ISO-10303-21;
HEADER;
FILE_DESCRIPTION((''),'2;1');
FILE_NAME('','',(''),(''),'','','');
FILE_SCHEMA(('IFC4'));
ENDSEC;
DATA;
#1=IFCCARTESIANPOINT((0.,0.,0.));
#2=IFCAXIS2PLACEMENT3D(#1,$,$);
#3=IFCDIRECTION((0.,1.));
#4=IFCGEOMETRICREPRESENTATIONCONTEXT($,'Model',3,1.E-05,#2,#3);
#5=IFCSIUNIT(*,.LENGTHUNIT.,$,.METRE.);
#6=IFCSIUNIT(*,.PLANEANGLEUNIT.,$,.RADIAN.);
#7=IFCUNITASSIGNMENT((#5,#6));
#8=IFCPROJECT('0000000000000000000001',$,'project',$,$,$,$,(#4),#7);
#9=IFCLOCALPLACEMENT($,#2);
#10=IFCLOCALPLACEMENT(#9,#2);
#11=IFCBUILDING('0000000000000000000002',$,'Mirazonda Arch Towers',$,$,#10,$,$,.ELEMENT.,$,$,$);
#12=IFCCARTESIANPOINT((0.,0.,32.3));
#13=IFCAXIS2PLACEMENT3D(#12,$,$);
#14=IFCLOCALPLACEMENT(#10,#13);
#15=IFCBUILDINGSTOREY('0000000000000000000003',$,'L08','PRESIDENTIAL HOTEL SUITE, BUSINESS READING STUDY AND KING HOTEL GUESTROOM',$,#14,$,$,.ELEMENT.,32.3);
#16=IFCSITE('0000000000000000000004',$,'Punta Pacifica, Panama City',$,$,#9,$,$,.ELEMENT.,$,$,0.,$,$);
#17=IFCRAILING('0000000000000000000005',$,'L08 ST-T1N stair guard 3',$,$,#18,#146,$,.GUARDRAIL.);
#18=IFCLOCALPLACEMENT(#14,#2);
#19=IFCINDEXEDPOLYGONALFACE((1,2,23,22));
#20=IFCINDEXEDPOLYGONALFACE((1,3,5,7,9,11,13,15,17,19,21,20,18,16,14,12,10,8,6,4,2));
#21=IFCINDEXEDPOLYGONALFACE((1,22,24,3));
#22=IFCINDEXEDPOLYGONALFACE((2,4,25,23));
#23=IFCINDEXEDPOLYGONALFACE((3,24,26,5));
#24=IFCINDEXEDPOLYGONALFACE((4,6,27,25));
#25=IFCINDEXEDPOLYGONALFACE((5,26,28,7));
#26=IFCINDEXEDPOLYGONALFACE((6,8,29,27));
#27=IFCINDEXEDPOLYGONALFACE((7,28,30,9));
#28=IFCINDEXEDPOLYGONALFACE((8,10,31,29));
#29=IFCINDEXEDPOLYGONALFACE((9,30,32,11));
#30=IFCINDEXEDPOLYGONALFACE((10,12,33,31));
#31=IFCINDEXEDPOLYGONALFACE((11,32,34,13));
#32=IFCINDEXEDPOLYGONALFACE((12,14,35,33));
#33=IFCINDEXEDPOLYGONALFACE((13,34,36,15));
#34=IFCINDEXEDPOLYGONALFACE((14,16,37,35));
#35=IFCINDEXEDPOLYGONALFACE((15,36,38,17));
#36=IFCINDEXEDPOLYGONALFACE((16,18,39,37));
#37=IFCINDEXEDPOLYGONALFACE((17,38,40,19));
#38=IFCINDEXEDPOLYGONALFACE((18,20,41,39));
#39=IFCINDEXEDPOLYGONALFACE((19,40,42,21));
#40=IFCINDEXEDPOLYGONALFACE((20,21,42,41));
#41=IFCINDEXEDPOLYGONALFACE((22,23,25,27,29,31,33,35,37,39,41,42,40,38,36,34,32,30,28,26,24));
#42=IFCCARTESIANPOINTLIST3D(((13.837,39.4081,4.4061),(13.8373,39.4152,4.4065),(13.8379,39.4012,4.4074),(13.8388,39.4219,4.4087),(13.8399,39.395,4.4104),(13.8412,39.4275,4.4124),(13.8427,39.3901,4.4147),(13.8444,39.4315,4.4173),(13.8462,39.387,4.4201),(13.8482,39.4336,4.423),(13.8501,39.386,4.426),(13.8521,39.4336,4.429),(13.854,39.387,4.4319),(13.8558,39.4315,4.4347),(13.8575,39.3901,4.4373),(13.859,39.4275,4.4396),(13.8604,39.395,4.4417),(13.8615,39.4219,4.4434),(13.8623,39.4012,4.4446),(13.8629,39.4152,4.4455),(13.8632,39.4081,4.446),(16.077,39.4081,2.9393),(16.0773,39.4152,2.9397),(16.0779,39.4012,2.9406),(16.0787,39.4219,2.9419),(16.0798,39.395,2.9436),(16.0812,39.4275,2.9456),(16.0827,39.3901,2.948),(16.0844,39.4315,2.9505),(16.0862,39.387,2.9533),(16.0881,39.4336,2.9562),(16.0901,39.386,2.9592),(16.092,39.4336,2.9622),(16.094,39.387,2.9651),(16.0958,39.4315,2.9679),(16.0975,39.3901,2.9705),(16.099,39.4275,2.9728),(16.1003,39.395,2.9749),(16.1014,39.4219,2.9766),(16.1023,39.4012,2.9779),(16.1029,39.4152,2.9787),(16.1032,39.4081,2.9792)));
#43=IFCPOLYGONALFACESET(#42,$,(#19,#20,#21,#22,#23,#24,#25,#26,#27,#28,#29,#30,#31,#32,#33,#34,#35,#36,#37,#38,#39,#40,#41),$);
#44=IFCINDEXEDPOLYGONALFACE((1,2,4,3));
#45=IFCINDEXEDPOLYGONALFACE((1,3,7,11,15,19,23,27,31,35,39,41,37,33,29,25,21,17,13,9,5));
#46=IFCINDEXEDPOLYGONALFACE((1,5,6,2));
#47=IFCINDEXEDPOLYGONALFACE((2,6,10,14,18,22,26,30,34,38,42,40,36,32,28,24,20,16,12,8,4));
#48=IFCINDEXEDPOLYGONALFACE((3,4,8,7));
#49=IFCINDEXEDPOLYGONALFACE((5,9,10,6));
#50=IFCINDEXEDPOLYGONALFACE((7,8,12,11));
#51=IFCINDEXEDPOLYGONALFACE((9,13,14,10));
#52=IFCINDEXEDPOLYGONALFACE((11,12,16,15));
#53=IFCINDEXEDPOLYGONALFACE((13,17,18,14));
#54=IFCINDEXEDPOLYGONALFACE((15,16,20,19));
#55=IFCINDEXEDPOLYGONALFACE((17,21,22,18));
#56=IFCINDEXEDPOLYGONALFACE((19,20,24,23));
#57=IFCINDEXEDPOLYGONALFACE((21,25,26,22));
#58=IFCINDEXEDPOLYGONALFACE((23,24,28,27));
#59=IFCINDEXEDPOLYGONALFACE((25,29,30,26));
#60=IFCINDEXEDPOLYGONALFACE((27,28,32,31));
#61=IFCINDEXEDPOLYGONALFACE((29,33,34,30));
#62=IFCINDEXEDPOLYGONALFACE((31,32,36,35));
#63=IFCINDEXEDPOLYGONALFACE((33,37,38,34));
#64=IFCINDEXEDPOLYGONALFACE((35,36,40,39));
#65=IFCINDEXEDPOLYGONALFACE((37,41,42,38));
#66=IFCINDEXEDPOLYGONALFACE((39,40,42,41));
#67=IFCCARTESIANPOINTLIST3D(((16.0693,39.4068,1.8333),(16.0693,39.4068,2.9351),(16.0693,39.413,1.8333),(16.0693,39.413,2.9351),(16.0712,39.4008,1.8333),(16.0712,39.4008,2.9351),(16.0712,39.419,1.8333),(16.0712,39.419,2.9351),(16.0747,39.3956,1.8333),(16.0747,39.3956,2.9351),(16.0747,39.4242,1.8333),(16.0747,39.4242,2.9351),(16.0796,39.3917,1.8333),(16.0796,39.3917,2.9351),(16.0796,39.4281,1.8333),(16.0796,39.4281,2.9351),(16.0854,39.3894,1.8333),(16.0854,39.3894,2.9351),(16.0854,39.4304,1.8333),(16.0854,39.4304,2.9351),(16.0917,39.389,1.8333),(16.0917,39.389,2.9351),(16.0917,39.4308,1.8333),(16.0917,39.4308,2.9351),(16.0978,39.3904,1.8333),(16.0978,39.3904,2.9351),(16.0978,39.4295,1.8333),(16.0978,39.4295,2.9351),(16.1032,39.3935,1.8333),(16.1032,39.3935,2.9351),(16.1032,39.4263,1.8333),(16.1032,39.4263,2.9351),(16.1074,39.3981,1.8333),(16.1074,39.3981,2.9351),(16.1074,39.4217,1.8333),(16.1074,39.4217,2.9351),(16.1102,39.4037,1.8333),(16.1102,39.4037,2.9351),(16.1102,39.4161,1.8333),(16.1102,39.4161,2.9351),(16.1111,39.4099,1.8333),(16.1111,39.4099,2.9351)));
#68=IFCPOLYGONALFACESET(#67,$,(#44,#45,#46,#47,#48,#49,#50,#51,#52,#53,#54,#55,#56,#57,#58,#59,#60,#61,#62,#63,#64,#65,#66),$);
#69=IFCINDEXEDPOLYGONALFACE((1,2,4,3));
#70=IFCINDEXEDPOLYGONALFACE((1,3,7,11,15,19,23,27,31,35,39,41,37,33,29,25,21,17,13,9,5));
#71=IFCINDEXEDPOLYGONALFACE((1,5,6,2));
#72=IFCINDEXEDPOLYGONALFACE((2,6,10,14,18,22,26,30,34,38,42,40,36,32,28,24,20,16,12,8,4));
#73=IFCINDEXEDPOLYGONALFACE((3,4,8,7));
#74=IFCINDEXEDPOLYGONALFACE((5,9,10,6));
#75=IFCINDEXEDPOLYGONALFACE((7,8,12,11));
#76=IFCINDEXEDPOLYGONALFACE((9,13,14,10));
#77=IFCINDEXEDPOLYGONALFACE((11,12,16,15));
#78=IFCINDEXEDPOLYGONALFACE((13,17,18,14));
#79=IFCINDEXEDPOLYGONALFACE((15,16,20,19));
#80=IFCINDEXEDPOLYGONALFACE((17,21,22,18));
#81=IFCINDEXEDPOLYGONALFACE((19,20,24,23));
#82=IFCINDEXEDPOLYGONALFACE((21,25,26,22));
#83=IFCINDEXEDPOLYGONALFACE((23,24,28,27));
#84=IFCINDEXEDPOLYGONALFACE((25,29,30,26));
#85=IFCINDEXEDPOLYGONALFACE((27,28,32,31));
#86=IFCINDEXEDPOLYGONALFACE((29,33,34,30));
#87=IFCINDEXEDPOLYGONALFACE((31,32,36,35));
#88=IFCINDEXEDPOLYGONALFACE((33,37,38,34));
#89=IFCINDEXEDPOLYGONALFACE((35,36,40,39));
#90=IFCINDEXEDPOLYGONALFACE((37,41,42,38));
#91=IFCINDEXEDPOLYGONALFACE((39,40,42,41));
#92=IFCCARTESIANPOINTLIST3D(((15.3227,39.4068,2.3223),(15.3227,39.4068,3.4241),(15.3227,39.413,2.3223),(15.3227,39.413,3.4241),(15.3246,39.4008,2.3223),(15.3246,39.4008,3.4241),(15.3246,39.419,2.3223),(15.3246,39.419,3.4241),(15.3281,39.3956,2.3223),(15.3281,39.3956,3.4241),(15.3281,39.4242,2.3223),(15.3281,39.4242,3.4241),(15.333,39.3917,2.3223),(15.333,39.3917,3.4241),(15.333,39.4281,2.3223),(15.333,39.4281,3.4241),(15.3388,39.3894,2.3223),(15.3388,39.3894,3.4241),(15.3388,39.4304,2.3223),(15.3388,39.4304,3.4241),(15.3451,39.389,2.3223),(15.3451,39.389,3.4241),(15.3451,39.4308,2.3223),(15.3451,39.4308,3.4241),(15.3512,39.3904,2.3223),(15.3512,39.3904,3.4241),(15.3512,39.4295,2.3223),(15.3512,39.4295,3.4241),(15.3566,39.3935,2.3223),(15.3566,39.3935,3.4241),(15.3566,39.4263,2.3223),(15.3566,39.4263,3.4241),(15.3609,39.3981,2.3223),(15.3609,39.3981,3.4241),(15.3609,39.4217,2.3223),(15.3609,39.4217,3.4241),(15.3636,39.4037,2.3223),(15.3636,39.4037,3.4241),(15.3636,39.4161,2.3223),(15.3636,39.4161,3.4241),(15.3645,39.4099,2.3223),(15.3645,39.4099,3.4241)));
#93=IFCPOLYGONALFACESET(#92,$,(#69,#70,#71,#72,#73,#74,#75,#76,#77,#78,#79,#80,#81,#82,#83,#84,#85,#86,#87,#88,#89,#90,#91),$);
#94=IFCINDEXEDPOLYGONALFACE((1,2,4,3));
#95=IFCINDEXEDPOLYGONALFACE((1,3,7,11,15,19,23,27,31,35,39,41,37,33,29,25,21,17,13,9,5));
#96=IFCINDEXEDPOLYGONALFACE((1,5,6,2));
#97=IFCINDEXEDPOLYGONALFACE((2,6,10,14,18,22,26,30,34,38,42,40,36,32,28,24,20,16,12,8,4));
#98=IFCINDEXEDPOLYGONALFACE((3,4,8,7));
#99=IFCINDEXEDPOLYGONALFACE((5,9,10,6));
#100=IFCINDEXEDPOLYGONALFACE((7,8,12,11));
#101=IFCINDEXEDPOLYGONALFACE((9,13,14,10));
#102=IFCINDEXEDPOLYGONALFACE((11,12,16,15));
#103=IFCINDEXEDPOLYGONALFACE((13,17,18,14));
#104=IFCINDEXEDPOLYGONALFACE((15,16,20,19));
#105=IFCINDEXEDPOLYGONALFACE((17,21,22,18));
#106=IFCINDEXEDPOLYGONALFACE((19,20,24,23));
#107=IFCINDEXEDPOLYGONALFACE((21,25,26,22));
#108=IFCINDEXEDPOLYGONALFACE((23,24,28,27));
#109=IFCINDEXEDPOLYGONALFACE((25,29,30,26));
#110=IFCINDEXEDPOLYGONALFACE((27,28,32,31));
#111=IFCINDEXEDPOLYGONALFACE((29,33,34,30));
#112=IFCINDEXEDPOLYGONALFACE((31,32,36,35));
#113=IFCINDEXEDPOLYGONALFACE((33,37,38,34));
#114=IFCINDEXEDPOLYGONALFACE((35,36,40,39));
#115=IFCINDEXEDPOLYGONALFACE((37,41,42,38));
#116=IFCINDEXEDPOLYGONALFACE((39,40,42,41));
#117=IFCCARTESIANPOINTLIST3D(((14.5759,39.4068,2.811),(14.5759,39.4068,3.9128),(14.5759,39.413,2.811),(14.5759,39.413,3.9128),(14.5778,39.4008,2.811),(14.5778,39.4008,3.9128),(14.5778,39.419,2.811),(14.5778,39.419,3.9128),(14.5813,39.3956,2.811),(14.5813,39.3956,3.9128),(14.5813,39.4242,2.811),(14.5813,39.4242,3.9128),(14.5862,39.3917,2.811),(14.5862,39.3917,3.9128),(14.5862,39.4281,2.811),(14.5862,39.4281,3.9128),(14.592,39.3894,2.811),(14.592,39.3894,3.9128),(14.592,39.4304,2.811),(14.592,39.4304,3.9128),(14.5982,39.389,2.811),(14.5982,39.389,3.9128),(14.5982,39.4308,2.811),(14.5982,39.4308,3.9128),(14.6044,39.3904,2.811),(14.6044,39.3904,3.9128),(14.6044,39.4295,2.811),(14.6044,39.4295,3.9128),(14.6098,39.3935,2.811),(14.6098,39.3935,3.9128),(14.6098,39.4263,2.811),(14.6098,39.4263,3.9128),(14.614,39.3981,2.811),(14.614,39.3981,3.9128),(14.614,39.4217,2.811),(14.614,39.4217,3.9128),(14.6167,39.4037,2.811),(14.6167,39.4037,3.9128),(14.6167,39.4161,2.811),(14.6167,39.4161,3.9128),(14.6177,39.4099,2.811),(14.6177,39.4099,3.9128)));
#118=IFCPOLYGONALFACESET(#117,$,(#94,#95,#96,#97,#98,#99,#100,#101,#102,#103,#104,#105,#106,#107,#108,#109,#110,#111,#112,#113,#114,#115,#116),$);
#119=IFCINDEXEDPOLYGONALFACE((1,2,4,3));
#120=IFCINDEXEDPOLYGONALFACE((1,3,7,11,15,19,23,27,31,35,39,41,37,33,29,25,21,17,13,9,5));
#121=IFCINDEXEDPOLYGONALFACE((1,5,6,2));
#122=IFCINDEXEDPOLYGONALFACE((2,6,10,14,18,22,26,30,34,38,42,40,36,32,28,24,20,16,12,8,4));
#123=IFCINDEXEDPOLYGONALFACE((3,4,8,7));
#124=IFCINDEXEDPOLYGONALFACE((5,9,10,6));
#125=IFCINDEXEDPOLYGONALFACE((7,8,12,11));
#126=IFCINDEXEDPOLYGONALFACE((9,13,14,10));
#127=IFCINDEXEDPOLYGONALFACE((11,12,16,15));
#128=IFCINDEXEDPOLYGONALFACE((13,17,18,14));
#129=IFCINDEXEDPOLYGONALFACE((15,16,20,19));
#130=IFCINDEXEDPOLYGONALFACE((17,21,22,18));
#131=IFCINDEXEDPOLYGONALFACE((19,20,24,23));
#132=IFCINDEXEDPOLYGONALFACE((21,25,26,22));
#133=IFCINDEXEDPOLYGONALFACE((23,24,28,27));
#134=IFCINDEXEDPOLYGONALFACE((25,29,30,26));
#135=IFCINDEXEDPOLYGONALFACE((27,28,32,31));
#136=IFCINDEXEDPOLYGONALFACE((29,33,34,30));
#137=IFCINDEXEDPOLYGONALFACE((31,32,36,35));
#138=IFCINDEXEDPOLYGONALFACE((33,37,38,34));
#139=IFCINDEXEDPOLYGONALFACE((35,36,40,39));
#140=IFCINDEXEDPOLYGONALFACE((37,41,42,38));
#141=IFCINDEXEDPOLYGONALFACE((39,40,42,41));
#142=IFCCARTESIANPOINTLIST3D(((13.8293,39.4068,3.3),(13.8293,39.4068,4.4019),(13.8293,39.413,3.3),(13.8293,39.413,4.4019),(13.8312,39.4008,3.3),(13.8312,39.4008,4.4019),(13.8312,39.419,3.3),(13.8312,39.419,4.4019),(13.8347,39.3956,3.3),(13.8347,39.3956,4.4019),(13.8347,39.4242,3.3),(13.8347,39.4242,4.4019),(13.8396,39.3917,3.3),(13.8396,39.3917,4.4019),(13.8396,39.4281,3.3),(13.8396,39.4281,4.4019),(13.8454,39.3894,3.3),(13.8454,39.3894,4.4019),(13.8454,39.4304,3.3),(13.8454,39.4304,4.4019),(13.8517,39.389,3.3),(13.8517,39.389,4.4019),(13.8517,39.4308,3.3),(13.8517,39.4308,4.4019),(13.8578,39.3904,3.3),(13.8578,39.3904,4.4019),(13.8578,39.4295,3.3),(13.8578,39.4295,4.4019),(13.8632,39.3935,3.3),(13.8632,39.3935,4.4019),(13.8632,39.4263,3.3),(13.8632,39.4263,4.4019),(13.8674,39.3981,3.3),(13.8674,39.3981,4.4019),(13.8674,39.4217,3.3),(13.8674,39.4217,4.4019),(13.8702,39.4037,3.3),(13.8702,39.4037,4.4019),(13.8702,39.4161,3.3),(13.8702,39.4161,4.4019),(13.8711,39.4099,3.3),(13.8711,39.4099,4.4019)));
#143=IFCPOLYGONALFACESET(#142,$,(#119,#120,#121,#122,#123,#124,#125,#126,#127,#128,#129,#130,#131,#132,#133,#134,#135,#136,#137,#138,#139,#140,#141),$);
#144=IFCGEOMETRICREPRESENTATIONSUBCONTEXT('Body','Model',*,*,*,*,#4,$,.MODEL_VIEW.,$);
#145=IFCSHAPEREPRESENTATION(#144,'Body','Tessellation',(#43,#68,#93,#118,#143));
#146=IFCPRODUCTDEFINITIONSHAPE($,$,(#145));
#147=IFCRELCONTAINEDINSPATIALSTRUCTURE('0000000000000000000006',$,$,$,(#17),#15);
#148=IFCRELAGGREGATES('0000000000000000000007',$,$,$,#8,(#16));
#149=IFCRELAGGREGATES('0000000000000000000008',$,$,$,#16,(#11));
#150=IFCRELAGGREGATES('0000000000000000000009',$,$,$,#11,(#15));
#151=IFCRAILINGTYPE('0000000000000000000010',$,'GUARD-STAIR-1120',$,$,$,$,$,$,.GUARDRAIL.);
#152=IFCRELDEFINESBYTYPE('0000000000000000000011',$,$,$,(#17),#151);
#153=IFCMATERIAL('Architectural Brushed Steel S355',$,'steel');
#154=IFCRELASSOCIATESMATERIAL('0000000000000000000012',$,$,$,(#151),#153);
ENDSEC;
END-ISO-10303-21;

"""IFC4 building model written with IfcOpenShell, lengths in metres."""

from ifc_helpers import new_model, si_unit, direction, frame, origin, origin_2d, place, context, subcontext, project, spatial, circle, extrude, material, type_object, element, save


model = new_model("IFC4")

# Units and contexts
model_context = context("Model", 3, precision=1e-05, world=origin(), true_north=direction((0.0, 1.0)))
body_context = subcontext(model_context, "Body", "Model", "MODEL_VIEW")
ifc_project = project(units=[si_unit("LENGTHUNIT", "METRE"), si_unit("PLANEANGLEUNIT", "RADIAN")], contexts=[model_context])

# Site, building, storey
site_placement = place(None, origin())
site = spatial("IfcSite", under=ifc_project, at=site_placement, Name="Punta Pacifica, Panama City", CompositionType="ELEMENT", RefElevation=0.0)
building_placement = place(site_placement, origin())
building = spatial("IfcBuilding", under=site, at=building_placement, Name="Mirazonda Arch Towers", CompositionType="ELEMENT")
storey_placement = place(building_placement, frame((0.0, 0.0, 32.3)))
storey = spatial("IfcBuildingStorey", under=building, at=storey_placement, Name="L08", Description="PRESIDENTIAL HOTEL SUITE, BUSINESS READING STUDY AND KING HOTEL GUESTROOM", CompositionType="ELEMENT", Elevation=32.3)

# Shared definitions
ifc_material_1 = material(Name="Architectural Brushed Steel S355", Category="steel")

# Railing
railing_type_1 = type_object("IfcRailingType", Name="GUARD-STAIR-1120", PredefinedType="GUARDRAIL", material=ifc_material_1)
railing_1_placement = place(storey_placement, frame((16.0901, 39.4099, 1.8333)))
element("IfcRailing", 1, at=railing_1_placement, inside=storey, type_object=railing_type_1, Name="L08 ST-T1N stair guard 3", PredefinedType="GUARDRAIL", context=body_context, shape_type="SweptSolid", body=[
    extrude(circle(Radius=0.0239, at=origin_2d()), frame((0.0, 0.0, 1.126), z_axis=(-0.836595, 0.0, 0.547822), x_axis=(0.0, -1.0, 0.0)), (0.0, 0.0, 1.0), 2.6775),
    extrude(circle(Radius=0.021, at=origin_2d()), origin(), (0.0, 0.0, 1.0), 1.1018),
    extrude(circle(Radius=0.021, at=origin_2d()), frame((-0.7466, 0.0, 0.489)), (0.0, 0.0, 1.0), 1.1018),
    extrude(circle(Radius=0.021, at=origin_2d()), frame((-1.4934, 0.0, 0.9778)), (0.0, 0.0, 1.0), 1.1018),
    extrude(circle(Radius=0.021, at=origin_2d()), frame((-2.24, 0.0, 1.4668)), (0.0, 0.0, 1.0), 1.1018),
])

save(model, "model.ifc")
